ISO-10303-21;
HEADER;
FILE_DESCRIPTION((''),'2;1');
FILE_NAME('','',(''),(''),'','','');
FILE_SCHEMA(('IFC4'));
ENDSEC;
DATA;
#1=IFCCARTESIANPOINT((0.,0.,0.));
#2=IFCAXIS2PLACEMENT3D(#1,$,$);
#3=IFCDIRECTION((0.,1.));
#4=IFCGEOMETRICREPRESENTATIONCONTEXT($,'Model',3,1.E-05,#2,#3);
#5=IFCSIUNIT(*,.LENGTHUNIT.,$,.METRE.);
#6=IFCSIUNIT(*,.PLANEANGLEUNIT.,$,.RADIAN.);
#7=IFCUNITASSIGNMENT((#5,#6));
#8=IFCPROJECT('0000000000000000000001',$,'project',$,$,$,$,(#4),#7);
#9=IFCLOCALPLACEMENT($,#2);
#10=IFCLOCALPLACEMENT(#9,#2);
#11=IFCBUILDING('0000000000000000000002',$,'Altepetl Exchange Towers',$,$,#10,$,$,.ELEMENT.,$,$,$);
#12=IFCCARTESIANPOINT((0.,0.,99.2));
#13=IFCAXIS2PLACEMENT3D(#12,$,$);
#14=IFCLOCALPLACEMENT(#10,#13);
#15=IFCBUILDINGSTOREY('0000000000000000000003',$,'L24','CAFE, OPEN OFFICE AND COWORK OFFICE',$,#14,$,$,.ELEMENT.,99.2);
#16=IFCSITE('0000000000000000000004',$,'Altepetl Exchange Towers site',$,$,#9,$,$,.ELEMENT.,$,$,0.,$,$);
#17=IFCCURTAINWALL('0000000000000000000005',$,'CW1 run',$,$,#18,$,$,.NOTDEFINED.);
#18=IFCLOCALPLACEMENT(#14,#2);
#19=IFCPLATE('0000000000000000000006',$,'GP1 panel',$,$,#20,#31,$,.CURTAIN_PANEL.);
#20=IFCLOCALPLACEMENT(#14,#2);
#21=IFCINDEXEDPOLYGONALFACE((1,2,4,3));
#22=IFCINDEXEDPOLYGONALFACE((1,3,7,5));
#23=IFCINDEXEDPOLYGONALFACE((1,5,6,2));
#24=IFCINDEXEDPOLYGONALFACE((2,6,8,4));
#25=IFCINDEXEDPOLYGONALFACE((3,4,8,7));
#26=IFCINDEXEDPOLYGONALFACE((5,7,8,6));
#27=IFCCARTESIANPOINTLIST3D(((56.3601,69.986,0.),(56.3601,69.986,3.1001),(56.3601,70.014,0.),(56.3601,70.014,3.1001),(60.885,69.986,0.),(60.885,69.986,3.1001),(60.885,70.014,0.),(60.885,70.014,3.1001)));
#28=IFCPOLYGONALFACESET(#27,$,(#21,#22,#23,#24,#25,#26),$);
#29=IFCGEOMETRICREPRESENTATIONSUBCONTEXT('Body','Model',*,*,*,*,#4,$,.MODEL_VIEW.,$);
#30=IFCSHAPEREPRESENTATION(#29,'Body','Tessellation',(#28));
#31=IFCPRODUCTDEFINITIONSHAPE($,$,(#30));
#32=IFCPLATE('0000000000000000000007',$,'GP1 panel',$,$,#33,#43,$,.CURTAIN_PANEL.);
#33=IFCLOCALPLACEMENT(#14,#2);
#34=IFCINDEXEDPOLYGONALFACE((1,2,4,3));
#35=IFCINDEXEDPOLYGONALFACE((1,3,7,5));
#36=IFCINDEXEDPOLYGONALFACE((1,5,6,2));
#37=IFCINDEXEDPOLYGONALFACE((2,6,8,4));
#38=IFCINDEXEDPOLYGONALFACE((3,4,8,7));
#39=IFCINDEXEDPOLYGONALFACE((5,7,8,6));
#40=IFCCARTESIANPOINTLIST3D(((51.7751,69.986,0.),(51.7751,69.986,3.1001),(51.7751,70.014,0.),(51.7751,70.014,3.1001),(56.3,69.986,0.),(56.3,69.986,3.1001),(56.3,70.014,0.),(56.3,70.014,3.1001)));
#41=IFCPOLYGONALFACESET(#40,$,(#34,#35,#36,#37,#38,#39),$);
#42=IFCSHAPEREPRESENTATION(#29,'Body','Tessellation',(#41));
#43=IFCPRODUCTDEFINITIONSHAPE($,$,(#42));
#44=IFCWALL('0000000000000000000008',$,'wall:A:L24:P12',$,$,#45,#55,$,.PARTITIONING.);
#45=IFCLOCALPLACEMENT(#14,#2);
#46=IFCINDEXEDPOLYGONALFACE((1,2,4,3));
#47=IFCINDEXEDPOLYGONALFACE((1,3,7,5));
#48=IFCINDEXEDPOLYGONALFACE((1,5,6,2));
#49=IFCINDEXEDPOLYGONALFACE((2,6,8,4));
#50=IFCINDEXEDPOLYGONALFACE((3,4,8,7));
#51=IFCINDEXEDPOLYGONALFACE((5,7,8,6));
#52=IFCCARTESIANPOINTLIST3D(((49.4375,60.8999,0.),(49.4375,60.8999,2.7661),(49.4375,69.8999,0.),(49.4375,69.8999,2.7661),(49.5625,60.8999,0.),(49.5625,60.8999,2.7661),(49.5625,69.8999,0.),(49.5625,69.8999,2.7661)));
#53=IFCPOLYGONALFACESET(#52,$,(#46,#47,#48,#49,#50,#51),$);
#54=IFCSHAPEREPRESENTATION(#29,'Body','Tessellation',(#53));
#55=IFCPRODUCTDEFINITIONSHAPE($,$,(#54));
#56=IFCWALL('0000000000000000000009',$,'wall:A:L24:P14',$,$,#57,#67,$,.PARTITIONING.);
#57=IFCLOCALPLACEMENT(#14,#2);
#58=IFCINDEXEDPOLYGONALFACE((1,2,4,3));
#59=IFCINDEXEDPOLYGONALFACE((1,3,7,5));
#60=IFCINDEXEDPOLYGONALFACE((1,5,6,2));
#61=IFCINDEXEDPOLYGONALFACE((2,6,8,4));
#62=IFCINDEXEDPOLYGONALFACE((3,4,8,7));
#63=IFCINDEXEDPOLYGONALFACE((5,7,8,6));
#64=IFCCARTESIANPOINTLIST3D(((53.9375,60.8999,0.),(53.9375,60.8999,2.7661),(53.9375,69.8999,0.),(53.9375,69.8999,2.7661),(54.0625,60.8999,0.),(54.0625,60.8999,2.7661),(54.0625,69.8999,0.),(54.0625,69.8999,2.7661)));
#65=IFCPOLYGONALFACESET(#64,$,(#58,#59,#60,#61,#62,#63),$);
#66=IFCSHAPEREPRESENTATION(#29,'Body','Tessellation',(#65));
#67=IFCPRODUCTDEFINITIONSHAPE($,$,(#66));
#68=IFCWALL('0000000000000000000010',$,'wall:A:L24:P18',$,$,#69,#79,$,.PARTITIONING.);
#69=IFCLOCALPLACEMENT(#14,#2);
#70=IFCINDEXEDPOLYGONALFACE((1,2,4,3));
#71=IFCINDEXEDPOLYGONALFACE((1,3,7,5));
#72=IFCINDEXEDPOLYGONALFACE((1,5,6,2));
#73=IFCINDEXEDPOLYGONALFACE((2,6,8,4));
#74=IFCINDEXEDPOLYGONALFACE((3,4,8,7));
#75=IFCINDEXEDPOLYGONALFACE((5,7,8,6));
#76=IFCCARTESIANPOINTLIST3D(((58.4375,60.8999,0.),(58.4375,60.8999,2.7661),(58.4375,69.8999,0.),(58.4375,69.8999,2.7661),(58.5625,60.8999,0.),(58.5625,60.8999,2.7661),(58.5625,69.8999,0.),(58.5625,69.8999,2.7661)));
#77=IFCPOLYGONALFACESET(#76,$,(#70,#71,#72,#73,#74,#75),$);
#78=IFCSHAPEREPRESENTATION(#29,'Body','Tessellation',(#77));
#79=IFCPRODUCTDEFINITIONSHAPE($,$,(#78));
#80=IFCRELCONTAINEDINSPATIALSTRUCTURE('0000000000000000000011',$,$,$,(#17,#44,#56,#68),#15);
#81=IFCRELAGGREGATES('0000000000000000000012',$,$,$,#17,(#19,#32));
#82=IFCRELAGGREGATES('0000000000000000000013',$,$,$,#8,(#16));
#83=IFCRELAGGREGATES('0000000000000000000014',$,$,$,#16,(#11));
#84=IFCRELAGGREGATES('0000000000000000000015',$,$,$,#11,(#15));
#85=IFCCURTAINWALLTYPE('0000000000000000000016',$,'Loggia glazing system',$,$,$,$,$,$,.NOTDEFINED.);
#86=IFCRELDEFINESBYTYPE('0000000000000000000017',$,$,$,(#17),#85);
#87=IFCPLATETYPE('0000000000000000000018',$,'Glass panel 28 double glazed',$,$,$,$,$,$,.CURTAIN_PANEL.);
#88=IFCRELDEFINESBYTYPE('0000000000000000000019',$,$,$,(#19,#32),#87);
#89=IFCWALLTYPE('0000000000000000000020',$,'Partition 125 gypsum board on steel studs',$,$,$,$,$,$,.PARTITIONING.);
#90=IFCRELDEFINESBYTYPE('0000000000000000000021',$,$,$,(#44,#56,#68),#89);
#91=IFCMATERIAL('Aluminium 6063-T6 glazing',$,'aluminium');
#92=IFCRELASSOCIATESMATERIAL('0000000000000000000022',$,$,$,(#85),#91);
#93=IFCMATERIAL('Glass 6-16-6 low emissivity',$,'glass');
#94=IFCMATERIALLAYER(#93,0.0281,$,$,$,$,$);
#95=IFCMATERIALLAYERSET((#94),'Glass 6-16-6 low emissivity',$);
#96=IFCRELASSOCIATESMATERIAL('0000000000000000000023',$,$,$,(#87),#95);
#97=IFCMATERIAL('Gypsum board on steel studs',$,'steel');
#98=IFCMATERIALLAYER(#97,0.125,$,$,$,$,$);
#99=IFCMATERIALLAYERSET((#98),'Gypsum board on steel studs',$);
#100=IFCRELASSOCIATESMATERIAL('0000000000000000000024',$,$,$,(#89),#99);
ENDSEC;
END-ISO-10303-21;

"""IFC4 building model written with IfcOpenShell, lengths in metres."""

from ifc_helpers import new_model, si_unit, direction, frame, frame_2d, origin, origin_2d, place, context, subcontext, project, spatial, rectangle, extrude, material, layer, layer_set, type_object, element, aggregate, save


model = new_model("IFC4")

# Units and contexts
model_context = context("Model", 3, precision=1e-05, world=origin(), true_north=direction((0.0, 1.0)))
body_context = subcontext(model_context, "Body", "Model", "MODEL_VIEW")
ifc_project = project(units=[si_unit("LENGTHUNIT", "METRE"), si_unit("PLANEANGLEUNIT", "RADIAN")], contexts=[model_context])

# Site, building, storey
site_placement = place(None, origin())
site = spatial("IfcSite", under=ifc_project, at=site_placement, Name="Altepetl Exchange Towers site", CompositionType="ELEMENT", RefElevation=0.0)
building_placement = place(site_placement, origin())
building = spatial("IfcBuilding", under=site, at=building_placement, Name="Altepetl Exchange Towers", CompositionType="ELEMENT")
storey_placement = place(building_placement, frame((0.0, 0.0, 99.2)))
storey = spatial("IfcBuildingStorey", under=building, at=storey_placement, Name="L24", Description="CAFE, OPEN OFFICE AND COWORK OFFICE", CompositionType="ELEMENT", Elevation=99.2)

# Curtain wall
ifc_material_1 = material(Name="Aluminium 6063-T6 glazing", Category="aluminium")
curtain_wall_type = type_object("IfcCurtainWallType", Name="Loggia glazing system", PredefinedType="NOTDEFINED", material=ifc_material_1)
curtain_wall_1_placement = place(storey_placement, origin())
curtain_wall_1 = element("IfcCurtainWall", 1, at=curtain_wall_1_placement, inside=storey, type_object=curtain_wall_type, Name="CW1 run", PredefinedType="NOTDEFINED")

# Plates
ifc_material_2 = material(Name="Glass 6-16-6 low emissivity", Category="glass")
ifc_layer_1 = layer(ifc_material_2, 0.0281)
ifc_layer_set_1 = layer_set([ifc_layer_1], Name="Glass 6-16-6 low emissivity")
plate_type = type_object("IfcPlateType", Name="Glass panel 28 double glazed", PredefinedType="CURTAIN_PANEL", material=ifc_layer_set_1)
plate_1_placement = place(storey_placement, frame((58.6226, 70.0, 0.0), z_axis=(0.0, 0.0, 1.0), x_axis=(-1.0, 0.0, 0.0)))
plate_1 = element("IfcPlate", 2, at=plate_1_placement, type_object=plate_type, Name="GP1 panel", PredefinedType="CURTAIN_PANEL", context=body_context, shape_type="SweptSolid", body=[
    extrude(rectangle(XDim=4.5249, YDim=0.0281, at=origin_2d()), origin(), (0.0, 0.0, 1.0), 3.1001),
])
plate_2_placement = place(storey_placement, frame((54.0376, 70.0, 0.0), z_axis=(0.0, 0.0, 1.0), x_axis=(-1.0, 0.0, 0.0)))
plate_2 = element("IfcPlate", 3, at=plate_2_placement, type_object=plate_type, Name="GP1 panel", PredefinedType="CURTAIN_PANEL", context=body_context, shape_type="SweptSolid", body=[
    extrude(rectangle(XDim=4.5249, YDim=0.0281, at=origin_2d()), origin(), (0.0, 0.0, 1.0), 3.1001),
])
aggregate(curtain_wall_1, [plate_1, plate_2])

# Walls
ifc_material_3 = material(Name="Gypsum board on steel studs", Category="steel")
ifc_layer_2 = layer(ifc_material_3, 0.125)
ifc_layer_set_2 = layer_set([ifc_layer_2], Name="Gypsum board on steel studs")
wall_type = type_object("IfcWallType", Name="Partition 125 gypsum board on steel studs", PredefinedType="PARTITIONING", material=ifc_layer_set_2)
for number, where, z_axis, x_axis, name in (
    (4, (49.5, 60.8999, 0.0), (0.0, 0.0, 1.0), (0.0, 1.0, 0.0), "wall:A:L24:P12"),
    (5, (54.0, 60.8999, 0.0), (0.0, 0.0, 1.0), (0.0, 1.0, 0.0), "wall:A:L24:P14"),
    (6, (58.5, 60.8999, 0.0), (0.0, 0.0, 1.0), (0.0, 1.0, 0.0), "wall:A:L24:P18"),
):
    element("IfcWall", number, at=place(storey_placement, frame(where, z_axis=z_axis, x_axis=x_axis)), inside=storey, type_object=wall_type, Name=name, PredefinedType="PARTITIONING", context=body_context, shape_type="SweptSolid", body=[
        extrude(rectangle(XDim=9.0, YDim=0.125, at=frame_2d((4.5, 0.0))), origin(), (0.0, 0.0, 1.0), 2.7661),
    ])

save(model, "model.ifc")
